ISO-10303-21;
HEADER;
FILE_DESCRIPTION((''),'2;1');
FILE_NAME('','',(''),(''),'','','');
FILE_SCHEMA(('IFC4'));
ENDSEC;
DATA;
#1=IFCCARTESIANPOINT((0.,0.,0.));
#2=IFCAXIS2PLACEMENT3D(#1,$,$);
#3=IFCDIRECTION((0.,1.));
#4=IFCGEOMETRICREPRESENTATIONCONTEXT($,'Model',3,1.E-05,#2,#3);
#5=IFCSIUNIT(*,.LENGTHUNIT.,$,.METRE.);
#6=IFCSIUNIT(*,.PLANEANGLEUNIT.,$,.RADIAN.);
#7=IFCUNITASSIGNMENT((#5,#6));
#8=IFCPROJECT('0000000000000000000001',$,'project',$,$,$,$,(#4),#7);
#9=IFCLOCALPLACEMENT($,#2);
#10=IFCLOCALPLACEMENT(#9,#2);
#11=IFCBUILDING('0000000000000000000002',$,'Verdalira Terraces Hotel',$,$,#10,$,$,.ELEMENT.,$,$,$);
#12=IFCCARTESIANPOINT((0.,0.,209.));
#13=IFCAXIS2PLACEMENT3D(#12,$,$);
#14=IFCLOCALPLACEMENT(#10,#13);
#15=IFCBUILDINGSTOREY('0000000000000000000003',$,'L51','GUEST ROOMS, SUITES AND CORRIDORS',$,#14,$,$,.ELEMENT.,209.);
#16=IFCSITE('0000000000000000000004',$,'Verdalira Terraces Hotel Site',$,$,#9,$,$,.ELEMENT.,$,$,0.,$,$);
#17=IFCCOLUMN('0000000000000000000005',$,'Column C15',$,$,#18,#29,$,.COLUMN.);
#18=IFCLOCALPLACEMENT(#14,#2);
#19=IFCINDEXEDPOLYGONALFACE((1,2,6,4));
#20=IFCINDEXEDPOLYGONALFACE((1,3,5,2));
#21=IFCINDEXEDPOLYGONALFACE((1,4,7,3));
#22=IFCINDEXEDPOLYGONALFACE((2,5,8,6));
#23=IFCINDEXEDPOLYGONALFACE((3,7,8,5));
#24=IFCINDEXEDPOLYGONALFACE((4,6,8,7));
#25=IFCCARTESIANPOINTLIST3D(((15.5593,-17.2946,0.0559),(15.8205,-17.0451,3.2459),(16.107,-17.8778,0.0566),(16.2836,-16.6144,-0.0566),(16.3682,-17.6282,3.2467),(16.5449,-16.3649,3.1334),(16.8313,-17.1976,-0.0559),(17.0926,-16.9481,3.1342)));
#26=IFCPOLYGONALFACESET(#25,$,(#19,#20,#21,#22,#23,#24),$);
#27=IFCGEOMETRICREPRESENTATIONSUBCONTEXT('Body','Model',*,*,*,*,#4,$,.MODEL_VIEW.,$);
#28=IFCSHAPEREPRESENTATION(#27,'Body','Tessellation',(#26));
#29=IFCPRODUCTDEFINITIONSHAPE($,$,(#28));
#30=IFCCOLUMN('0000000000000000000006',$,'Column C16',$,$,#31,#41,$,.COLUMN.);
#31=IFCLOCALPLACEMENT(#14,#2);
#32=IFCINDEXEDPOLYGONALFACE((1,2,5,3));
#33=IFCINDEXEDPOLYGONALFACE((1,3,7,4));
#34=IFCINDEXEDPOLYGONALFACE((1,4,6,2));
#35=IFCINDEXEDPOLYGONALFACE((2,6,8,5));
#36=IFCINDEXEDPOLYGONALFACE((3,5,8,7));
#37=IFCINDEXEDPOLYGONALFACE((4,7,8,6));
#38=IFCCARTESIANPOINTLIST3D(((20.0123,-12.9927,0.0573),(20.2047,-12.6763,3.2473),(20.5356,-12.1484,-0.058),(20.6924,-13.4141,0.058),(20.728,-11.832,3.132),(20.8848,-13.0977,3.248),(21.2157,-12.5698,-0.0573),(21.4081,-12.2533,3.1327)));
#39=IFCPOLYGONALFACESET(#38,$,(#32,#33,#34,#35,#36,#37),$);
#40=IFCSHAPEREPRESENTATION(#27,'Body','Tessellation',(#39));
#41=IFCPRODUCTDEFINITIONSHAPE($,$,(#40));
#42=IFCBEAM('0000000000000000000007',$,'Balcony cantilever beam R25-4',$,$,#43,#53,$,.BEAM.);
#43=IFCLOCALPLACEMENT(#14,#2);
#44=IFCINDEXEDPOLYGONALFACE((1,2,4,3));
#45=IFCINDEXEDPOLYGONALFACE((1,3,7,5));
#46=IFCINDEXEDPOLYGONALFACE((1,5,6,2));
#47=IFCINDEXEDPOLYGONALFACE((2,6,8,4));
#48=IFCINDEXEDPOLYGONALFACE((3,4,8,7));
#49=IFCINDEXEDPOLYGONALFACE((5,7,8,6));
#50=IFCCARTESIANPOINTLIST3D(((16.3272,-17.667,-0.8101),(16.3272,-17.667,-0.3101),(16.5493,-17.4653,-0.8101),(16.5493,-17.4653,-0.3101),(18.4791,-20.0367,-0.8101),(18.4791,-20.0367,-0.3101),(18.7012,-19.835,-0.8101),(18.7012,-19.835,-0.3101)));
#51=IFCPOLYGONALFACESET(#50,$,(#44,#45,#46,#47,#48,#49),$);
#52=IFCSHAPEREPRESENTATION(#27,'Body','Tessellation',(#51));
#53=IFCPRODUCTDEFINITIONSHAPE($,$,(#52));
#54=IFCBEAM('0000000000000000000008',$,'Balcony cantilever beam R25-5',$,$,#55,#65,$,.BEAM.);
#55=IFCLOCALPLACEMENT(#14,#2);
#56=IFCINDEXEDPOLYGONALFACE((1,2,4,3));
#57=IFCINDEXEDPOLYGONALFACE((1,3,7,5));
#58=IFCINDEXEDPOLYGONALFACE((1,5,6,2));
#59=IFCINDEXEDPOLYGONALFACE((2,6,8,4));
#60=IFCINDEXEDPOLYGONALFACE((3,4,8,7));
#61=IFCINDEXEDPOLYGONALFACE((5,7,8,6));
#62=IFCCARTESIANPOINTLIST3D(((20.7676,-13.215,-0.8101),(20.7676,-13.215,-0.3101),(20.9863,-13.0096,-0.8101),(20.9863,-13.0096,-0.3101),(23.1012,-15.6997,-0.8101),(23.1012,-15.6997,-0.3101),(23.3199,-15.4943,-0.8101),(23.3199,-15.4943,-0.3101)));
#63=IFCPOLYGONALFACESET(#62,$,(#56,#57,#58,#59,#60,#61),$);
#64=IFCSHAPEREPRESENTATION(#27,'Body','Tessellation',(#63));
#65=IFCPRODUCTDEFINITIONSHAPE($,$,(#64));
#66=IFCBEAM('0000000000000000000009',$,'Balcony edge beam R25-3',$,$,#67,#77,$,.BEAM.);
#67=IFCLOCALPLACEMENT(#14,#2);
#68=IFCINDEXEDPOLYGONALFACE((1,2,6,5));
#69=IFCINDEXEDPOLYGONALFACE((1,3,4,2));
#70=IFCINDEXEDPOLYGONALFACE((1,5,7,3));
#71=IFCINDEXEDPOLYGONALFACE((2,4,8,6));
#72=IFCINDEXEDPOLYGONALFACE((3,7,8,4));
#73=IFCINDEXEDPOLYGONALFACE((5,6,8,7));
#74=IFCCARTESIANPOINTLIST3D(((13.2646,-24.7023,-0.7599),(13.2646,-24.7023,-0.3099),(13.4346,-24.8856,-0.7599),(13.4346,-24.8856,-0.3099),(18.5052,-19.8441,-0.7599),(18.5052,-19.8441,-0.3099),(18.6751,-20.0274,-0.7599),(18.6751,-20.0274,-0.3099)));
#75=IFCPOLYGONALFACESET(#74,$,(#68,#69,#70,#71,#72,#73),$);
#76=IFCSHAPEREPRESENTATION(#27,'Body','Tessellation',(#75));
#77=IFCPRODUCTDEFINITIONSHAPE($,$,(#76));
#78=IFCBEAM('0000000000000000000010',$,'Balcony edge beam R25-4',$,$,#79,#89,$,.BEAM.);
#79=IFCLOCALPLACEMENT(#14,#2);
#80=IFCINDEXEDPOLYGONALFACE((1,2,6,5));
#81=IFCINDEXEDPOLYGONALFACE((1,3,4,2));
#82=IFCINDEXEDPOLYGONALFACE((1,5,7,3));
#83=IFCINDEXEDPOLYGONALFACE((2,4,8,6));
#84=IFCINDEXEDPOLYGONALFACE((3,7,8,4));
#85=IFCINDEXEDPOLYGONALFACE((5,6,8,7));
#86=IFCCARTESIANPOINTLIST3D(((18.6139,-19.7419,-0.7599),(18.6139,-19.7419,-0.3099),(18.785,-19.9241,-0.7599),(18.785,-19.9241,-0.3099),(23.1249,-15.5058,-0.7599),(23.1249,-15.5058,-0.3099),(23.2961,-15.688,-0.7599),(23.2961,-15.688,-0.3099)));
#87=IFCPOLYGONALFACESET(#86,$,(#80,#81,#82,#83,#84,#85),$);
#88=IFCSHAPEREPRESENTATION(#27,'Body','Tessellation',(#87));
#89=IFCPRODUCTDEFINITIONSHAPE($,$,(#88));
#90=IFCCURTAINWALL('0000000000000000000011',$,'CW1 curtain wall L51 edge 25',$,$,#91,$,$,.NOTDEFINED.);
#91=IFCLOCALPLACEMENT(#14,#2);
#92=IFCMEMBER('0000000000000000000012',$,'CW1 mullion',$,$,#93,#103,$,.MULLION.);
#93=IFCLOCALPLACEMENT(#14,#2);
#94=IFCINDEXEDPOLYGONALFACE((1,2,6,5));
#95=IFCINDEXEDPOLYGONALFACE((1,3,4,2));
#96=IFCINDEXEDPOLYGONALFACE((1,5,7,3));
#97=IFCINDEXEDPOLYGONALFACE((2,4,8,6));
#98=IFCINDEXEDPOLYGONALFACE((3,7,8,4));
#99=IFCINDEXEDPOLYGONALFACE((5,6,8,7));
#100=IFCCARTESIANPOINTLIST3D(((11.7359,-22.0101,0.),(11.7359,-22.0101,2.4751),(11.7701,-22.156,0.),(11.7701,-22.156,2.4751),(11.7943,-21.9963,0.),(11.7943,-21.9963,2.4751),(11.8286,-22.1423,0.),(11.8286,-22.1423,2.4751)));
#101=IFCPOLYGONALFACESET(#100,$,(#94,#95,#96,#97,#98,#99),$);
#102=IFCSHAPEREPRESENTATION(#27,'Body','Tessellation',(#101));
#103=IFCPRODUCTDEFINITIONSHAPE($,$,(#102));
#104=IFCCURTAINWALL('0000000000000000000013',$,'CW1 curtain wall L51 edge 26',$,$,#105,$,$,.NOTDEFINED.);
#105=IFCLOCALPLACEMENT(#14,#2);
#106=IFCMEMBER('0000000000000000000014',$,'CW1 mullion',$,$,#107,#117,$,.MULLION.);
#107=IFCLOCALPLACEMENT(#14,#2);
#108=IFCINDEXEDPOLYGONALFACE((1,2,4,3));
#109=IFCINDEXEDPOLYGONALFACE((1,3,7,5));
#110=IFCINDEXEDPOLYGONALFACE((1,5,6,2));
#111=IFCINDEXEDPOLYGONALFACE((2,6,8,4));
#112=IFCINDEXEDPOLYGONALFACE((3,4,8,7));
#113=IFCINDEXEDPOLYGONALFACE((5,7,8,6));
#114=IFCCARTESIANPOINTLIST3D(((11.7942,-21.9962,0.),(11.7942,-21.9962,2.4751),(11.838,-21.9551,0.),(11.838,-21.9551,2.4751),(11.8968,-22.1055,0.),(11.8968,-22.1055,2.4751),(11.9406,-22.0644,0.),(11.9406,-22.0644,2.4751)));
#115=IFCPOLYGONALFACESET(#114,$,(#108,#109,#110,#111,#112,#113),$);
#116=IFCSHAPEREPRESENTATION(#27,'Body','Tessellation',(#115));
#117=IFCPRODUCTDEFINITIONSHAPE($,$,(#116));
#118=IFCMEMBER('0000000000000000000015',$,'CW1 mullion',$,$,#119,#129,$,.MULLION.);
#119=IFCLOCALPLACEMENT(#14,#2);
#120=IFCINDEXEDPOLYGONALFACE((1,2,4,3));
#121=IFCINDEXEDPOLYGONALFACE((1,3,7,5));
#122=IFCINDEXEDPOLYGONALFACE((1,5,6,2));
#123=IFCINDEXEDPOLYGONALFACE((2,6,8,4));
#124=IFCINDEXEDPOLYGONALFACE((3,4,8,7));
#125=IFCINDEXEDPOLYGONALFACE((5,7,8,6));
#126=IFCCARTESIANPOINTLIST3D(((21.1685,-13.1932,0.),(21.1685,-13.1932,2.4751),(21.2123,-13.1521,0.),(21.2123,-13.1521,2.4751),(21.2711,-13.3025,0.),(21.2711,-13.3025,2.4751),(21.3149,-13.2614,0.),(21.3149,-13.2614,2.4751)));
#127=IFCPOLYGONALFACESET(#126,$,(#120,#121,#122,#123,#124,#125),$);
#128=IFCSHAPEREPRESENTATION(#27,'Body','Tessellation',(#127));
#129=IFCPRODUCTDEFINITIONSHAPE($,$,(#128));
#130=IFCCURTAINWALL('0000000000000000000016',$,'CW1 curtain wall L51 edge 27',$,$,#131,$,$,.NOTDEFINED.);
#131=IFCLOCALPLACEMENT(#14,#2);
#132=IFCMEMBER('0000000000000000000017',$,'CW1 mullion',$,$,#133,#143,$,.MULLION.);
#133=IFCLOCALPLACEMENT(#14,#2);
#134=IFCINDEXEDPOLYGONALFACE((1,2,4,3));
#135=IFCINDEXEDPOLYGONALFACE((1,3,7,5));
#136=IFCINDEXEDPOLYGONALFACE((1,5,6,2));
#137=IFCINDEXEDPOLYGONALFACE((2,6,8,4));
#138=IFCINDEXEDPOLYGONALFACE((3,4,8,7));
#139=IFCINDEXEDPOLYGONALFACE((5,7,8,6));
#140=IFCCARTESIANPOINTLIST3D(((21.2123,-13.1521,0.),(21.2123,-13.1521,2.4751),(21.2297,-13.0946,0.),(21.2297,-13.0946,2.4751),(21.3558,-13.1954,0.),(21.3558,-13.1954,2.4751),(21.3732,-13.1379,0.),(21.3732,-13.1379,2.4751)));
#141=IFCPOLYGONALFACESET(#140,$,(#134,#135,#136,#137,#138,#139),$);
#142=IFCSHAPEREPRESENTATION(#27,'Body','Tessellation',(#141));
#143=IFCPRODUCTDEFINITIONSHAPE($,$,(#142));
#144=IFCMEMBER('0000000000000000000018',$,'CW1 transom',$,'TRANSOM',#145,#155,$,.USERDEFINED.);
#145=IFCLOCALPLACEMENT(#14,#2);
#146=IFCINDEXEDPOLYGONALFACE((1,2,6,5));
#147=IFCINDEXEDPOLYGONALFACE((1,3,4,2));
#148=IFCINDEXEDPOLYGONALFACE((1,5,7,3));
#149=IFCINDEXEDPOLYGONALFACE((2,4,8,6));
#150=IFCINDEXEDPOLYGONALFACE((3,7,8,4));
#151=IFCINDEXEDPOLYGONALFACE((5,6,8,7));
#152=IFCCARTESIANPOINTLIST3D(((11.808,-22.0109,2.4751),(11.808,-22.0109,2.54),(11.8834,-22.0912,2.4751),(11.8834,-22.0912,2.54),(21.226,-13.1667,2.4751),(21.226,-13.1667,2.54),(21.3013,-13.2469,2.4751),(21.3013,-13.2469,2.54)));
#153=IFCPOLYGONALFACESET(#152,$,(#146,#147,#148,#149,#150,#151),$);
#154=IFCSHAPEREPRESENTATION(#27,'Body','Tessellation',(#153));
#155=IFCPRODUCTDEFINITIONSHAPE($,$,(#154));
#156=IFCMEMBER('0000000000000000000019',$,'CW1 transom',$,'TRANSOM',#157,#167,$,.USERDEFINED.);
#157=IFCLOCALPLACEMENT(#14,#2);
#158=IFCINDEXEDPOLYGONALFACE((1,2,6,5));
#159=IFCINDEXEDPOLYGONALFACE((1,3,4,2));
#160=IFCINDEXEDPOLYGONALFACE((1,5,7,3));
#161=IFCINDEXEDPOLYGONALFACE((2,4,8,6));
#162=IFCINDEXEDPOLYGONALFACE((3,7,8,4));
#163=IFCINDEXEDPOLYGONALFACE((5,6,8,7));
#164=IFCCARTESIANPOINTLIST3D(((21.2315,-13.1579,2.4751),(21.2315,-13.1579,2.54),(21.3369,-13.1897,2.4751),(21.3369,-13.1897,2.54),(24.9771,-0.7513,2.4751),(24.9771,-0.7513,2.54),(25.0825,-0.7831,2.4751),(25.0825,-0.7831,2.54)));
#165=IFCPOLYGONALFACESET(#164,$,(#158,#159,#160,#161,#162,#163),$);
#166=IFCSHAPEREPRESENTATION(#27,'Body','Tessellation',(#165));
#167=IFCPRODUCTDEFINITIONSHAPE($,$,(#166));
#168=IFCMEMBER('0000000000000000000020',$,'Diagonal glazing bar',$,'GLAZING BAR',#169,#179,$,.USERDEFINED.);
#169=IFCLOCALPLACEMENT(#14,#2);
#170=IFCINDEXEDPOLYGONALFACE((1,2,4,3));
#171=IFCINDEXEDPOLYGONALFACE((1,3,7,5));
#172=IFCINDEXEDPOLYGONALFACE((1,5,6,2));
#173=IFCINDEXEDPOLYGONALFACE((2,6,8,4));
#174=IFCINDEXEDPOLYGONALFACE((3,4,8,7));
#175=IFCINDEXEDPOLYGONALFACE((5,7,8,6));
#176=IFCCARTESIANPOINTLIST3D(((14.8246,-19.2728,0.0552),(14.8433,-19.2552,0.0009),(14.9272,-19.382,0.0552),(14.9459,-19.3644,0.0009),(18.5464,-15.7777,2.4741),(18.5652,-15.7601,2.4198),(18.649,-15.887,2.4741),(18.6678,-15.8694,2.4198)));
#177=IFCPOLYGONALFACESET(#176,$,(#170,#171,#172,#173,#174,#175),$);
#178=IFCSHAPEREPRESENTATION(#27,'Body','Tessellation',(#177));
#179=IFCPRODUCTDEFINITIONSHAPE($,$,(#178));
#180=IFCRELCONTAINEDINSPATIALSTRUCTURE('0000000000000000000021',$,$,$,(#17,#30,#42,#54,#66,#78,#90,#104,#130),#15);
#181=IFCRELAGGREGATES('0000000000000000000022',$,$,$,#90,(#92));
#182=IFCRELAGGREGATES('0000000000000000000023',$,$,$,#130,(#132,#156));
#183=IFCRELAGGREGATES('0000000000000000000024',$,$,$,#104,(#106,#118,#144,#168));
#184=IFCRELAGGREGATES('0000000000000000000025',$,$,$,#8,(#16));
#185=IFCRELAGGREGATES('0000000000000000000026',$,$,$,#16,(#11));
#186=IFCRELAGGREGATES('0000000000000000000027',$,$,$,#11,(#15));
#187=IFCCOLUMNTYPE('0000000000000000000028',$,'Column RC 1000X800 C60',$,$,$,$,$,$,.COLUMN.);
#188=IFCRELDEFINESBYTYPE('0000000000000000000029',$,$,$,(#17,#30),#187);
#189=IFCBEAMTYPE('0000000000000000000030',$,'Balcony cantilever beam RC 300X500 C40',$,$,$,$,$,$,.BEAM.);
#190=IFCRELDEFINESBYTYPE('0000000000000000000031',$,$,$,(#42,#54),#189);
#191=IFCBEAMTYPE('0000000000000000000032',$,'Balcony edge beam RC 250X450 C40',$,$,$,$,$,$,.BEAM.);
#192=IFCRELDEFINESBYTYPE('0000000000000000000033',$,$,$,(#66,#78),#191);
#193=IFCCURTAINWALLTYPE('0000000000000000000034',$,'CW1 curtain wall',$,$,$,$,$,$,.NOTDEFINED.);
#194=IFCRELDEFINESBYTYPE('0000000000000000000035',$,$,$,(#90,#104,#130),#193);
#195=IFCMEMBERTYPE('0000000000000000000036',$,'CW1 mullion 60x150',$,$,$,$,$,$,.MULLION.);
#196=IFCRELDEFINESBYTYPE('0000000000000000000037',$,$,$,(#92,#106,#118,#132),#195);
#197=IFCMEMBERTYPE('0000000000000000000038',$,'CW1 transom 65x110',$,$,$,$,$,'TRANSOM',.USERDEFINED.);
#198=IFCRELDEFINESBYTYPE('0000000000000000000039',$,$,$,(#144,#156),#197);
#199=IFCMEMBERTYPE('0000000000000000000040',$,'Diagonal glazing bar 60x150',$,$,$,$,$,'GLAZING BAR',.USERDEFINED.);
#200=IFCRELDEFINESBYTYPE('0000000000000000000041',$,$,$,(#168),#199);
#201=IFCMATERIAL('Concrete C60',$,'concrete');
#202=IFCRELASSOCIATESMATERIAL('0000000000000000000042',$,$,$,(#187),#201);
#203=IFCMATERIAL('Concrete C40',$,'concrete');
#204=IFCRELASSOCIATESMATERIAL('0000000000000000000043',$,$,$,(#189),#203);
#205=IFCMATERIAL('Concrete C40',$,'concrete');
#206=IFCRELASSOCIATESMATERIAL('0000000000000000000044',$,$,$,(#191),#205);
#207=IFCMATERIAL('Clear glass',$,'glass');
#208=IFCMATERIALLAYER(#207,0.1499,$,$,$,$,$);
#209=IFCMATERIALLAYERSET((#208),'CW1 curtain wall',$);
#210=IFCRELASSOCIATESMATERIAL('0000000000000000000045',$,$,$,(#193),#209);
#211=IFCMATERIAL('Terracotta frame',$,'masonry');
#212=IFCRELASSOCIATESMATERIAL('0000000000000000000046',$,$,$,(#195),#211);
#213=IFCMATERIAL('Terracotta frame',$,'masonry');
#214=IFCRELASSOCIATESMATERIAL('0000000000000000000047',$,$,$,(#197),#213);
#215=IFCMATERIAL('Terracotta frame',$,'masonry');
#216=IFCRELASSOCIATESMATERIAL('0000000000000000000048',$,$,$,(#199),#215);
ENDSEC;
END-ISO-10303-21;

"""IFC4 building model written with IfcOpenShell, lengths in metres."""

from ifc_helpers import new_model, si_unit, direction, frame, origin, origin_2d, place, context, subcontext, project, spatial, rectangle, extrude, material, layer, layer_set, material_profile, profile_set, type_object, element, aggregate, save


model = new_model("IFC4")

# Units and contexts
model_context = context("Model", 3, precision=1e-05, world=origin(), true_north=direction((0.0, 1.0)))
body_context = subcontext(model_context, "Body", "Model", "MODEL_VIEW")
ifc_project = project(units=[si_unit("LENGTHUNIT", "METRE"), si_unit("PLANEANGLEUNIT", "RADIAN")], contexts=[model_context])

# Site, building, storey
site_placement = place(None, origin())
site = spatial("IfcSite", under=ifc_project, at=site_placement, Name="Verdalira Terraces Hotel Site", CompositionType="ELEMENT", RefElevation=0.0)
building_placement = place(site_placement, origin())
building = spatial("IfcBuilding", under=site, at=building_placement, Name="Verdalira Terraces Hotel", CompositionType="ELEMENT")
storey_placement = place(building_placement, frame((0.0, 0.0, 209.0)))
storey = spatial("IfcBuildingStorey", under=building, at=storey_placement, Name="L51", Description="GUEST ROOMS, SUITES AND CORRIDORS", CompositionType="ELEMENT", Elevation=209.0)

# Columns
ifc_material_1 = material(Name="Concrete C60", Category="concrete")
ifc_material_profile_1 = material_profile(ifc_material_1, rectangle(XDim=1.0, YDim=0.8, at=origin_2d()), Name="RC 1000X800")
ifc_profile_set_1 = profile_set([ifc_material_profile_1], Name="Concrete C60")
column_type = type_object("IfcColumnType", Name="Column RC 1000X800 C60", PredefinedType="COLUMN", material=ifc_profile_set_1)
column_1_placement = place(storey_placement, frame((16.1953, -17.2461, 0.0), z_axis=(0.081372, 0.077721, 0.993649), x_axis=(0.724346, 0.680192, -0.112522)))
element("IfcColumn", 1, at=column_1_placement, inside=storey, type_object=column_type, Name="Column C15", PredefinedType="COLUMN", context=body_context, shape_type="SweptSolid", body=[
    extrude(rectangle(XDim=1.0, YDim=0.8, at=origin_2d()), origin(), (0.0, 0.0, 1.0), 3.2104),
])
column_2_placement = place(storey_placement, frame((20.614, -12.7812, 0.0), z_axis=(0.059907, 0.098527, 0.99333), x_axis=(-0.523251, -0.844342, 0.115306)))
element("IfcColumn", 2, at=column_2_placement, inside=storey, type_object=column_type, Name="Column C16", PredefinedType="COLUMN", context=body_context, shape_type="SweptSolid", body=[
    extrude(rectangle(XDim=1.0, YDim=0.8, at=origin_2d()), origin(), (0.0, 0.0, 1.0), 3.2114),
])

# Beams
ifc_material_2 = material(Name="Concrete C40", Category="concrete")
ifc_material_profile_2 = material_profile(ifc_material_2, rectangle(XDim=0.3, YDim=0.5, at=origin_2d()), Name="RC 300X500")
ifc_profile_set_2 = profile_set([ifc_material_profile_2], Name="Concrete C40")
beam_type_1 = type_object("IfcBeamType", Name="Balcony cantilever beam RC 300X500 C40", PredefinedType="BEAM", material=ifc_profile_set_2)
beam_1_placement = place(storey_placement, frame((16.4382, -17.5662, -0.5601), z_axis=(0.67227, -0.740306, 0.0), x_axis=(0.740306, 0.67227, 0.0)))
element("IfcBeam", 3, at=beam_1_placement, inside=storey, type_object=beam_type_1, Name="Balcony cantilever beam R25-4", PredefinedType="BEAM", context=body_context, shape_type="SweptSolid", body=[
    extrude(rectangle(XDim=0.3, YDim=0.5, at=origin_2d()), origin(), (0.0, 0.0, 1.0), 3.2009),
])
beam_2_placement = place(storey_placement, frame((20.877, -13.1123, -0.5601), z_axis=(0.684591, -0.728927, 0.0), x_axis=(0.728927, 0.684591, 0.0)))
element("IfcBeam", 4, at=beam_2_placement, inside=storey, type_object=beam_type_1, Name="Balcony cantilever beam R25-5", PredefinedType="BEAM", context=body_context, shape_type="SweptSolid", body=[
    extrude(rectangle(XDim=0.3, YDim=0.5, at=origin_2d()), origin(), (0.0, 0.0, 1.0), 3.4087),
])
ifc_material_3 = material(Name="Concrete C40", Category="concrete")
ifc_material_profile_3 = material_profile(ifc_material_3, rectangle(XDim=0.25, YDim=0.45, at=origin_2d()), Name="RC 250X450")
ifc_profile_set_3 = profile_set([ifc_material_profile_3], Name="Concrete C40")
beam_type_2 = type_object("IfcBeamType", Name="Balcony edge beam RC 250X450 C40", PredefinedType="BEAM", material=ifc_profile_set_3)
beam_3_placement = place(storey_placement, frame((13.3496, -24.7939, -0.5349), z_axis=(0.733352, 0.679849, 0.0), x_axis=(-0.679849, 0.733352, 0.0)))
element("IfcBeam", 5, at=beam_3_placement, inside=storey, type_object=beam_type_2, Name="Balcony edge beam R25-3", PredefinedType="BEAM", context=body_context, shape_type="SweptSolid", body=[
    extrude(rectangle(XDim=0.25, YDim=0.45, at=origin_2d()), origin(), (0.0, 0.0, 1.0), 7.146),
])
beam_4_placement = place(storey_placement, frame((18.6995, -19.833, -0.5349), z_axis=(0.72897, 0.684546, 0.0), x_axis=(-0.684546, 0.72897, 0.0)))
element("IfcBeam", 6, at=beam_4_placement, inside=storey, type_object=beam_type_2, Name="Balcony edge beam R25-4", PredefinedType="BEAM", context=body_context, shape_type="SweptSolid", body=[
    extrude(rectangle(XDim=0.25, YDim=0.45, at=origin_2d()), origin(), (0.0, 0.0, 1.0), 6.1882),
])

# Curtain wall, member
ifc_material_4 = material(Name="Clear glass", Category="glass")
ifc_layer_1 = layer(ifc_material_4, 0.1499)
ifc_layer_set_1 = layer_set([ifc_layer_1], Name="CW1 curtain wall")
curtain_wall_type = type_object("IfcCurtainWallType", Name="CW1 curtain wall", PredefinedType="NOTDEFINED", material=ifc_layer_set_1)
curtain_wall_1_placement = place(storey_placement, origin())
curtain_wall_1 = element("IfcCurtainWall", 7, at=curtain_wall_1_placement, inside=storey, type_object=curtain_wall_type, Name="CW1 curtain wall L51 edge 25", PredefinedType="NOTDEFINED")
ifc_material_5 = material(Name="Terracotta frame", Category="masonry")
ifc_material_profile_4 = material_profile(ifc_material_5, rectangle(XDim=0.0601, YDim=0.1499, at=origin_2d()), Name="MU 60x150")
ifc_profile_set_4 = profile_set([ifc_material_profile_4], Name="Terracotta frame")
member_type_1 = type_object("IfcMemberType", Name="CW1 mullion 60x150", PredefinedType="MULLION", material=ifc_profile_set_4)
member_1_placement = place(storey_placement, frame((11.7822, -22.0762, 0.0), z_axis=(0.0, 0.0, 1.0), x_axis=(0.973579, 0.228351, 0.0)))
member_1 = element("IfcMember", 8, at=member_1_placement, type_object=member_type_1, Name="CW1 mullion", PredefinedType="MULLION", context=body_context, shape_type="SweptSolid", body=[
    extrude(rectangle(XDim=0.0601, YDim=0.1499, at=origin_2d()), origin(), (0.0, 0.0, 1.0), 2.4751),
])
aggregate(curtain_wall_1, [member_1])

# Curtain wall, members
curtain_wall_2_placement = place(storey_placement, origin())
curtain_wall_2 = element("IfcCurtainWall", 9, at=curtain_wall_2_placement, inside=storey, type_object=curtain_wall_type, Name="CW1 curtain wall L51 edge 26", PredefinedType="NOTDEFINED")
member_2_placement = place(storey_placement, frame((11.8674, -22.0303, 0.0), z_axis=(0.0, 0.0, 1.0), x_axis=(0.728969, 0.684547, 0.0)))
member_2 = element("IfcMember", 10, at=member_2_placement, type_object=member_type_1, Name="CW1 mullion", PredefinedType="MULLION", context=body_context, shape_type="SweptSolid", body=[
    extrude(rectangle(XDim=0.0601, YDim=0.1499, at=origin_2d()), origin(), (0.0, 0.0, 1.0), 2.4751),
])
member_3_placement = place(storey_placement, frame((21.2417, -13.2273, 0.0), z_axis=(0.0, 0.0, 1.0), x_axis=(0.728969, 0.684547, 0.0)))
member_3 = element("IfcMember", 11, at=member_3_placement, type_object=member_type_1, Name="CW1 mullion", PredefinedType="MULLION", context=body_context, shape_type="SweptSolid", body=[
    extrude(rectangle(XDim=0.0601, YDim=0.1499, at=origin_2d()), origin(), (0.0, 0.0, 1.0), 2.4751),
])

# Curtain wall, member
curtain_wall_3_placement = place(storey_placement, origin())
curtain_wall_3 = element("IfcCurtainWall", 12, at=curtain_wall_3_placement, inside=storey, type_object=curtain_wall_type, Name="CW1 curtain wall L51 edge 27", PredefinedType="NOTDEFINED")
member_4_placement = place(storey_placement, frame((21.2927, -13.145, 0.0), z_axis=(0.0, 0.0, 1.0), x_axis=(0.289032, 0.957319, 0.0)))
member_4 = element("IfcMember", 13, at=member_4_placement, type_object=member_type_1, Name="CW1 mullion", PredefinedType="MULLION", context=body_context, shape_type="SweptSolid", body=[
    extrude(rectangle(XDim=0.0601, YDim=0.1499, at=origin_2d()), origin(), (0.0, 0.0, 1.0), 2.4751),
])

# Members
ifc_material_6 = material(Name="Terracotta frame", Category="masonry")
ifc_material_profile_5 = material_profile(ifc_material_6, rectangle(XDim=0.1101, YDim=0.0649, at=origin_2d()), Name="TR 65x110")
ifc_profile_set_5 = profile_set([ifc_material_profile_5], Name="Terracotta frame")
member_type_2 = type_object("IfcMemberType", Name="CW1 transom 65x110", ElementType="TRANSOM", PredefinedType="USERDEFINED", material=ifc_profile_set_5)
member_5_placement = place(storey_placement, frame((11.8457, -22.051, 2.5076), z_axis=(0.728962, 0.684554, 0.0), x_axis=(-0.684554, 0.728962, 0.0)))
member_5 = element("IfcMember", 14, at=member_5_placement, type_object=member_type_2, Name="CW1 transom", ObjectType="TRANSOM", PredefinedType="USERDEFINED", context=body_context, shape_type="SweptSolid", body=[
    extrude(rectangle(XDim=0.1101, YDim=0.0649, at=origin_2d()), origin(), (0.0, 0.0, 1.0), 12.9197),
])
member_6_placement = place(storey_placement, frame((21.2842, -13.1738, 2.5076), z_axis=(0.289017, 0.957324, 0.0), x_axis=(-0.957324, 0.289017, 0.0)))
member_6 = element("IfcMember", 15, at=member_6_placement, type_object=member_type_2, Name="CW1 transom", ObjectType="TRANSOM", PredefinedType="USERDEFINED", context=body_context, shape_type="SweptSolid", body=[
    extrude(rectangle(XDim=0.1101, YDim=0.0649, at=origin_2d()), origin(), (0.0, 0.0, 1.0), 12.9597),
])
aggregate(curtain_wall_3, [member_4, member_6])
ifc_material_7 = material(Name="Terracotta frame", Category="masonry")
ifc_material_profile_6 = material_profile(ifc_material_7, rectangle(XDim=0.1499, YDim=0.0601, at=origin_2d()), Name="GB 60x150")
ifc_profile_set_6 = profile_set([ifc_material_profile_6], Name="Terracotta frame")
member_type_3 = type_object("IfcMemberType", Name="Diagonal glazing bar 60x150", ElementType="GLAZING BAR", PredefinedType="USERDEFINED", material=ifc_profile_set_6)
member_7_placement = place(storey_placement, frame((14.8853, -19.3186, 0.0281), z_axis=(0.658775, 0.61863, 0.42815), x_axis=(-0.684547, 0.728969, 0.0)))
member_7 = element("IfcMember", 16, at=member_7_placement, type_object=member_type_3, Name="Diagonal glazing bar", ObjectType="GLAZING BAR", PredefinedType="USERDEFINED", context=body_context, shape_type="SweptSolid", body=[
    extrude(rectangle(XDim=0.1499, YDim=0.0601, at=origin_2d()), origin(), (0.0, 0.0, 1.0), 5.6497),
])

aggregate(curtain_wall_2, [member_2, member_3, member_5, member_7])

save(model, "model.ifc")
